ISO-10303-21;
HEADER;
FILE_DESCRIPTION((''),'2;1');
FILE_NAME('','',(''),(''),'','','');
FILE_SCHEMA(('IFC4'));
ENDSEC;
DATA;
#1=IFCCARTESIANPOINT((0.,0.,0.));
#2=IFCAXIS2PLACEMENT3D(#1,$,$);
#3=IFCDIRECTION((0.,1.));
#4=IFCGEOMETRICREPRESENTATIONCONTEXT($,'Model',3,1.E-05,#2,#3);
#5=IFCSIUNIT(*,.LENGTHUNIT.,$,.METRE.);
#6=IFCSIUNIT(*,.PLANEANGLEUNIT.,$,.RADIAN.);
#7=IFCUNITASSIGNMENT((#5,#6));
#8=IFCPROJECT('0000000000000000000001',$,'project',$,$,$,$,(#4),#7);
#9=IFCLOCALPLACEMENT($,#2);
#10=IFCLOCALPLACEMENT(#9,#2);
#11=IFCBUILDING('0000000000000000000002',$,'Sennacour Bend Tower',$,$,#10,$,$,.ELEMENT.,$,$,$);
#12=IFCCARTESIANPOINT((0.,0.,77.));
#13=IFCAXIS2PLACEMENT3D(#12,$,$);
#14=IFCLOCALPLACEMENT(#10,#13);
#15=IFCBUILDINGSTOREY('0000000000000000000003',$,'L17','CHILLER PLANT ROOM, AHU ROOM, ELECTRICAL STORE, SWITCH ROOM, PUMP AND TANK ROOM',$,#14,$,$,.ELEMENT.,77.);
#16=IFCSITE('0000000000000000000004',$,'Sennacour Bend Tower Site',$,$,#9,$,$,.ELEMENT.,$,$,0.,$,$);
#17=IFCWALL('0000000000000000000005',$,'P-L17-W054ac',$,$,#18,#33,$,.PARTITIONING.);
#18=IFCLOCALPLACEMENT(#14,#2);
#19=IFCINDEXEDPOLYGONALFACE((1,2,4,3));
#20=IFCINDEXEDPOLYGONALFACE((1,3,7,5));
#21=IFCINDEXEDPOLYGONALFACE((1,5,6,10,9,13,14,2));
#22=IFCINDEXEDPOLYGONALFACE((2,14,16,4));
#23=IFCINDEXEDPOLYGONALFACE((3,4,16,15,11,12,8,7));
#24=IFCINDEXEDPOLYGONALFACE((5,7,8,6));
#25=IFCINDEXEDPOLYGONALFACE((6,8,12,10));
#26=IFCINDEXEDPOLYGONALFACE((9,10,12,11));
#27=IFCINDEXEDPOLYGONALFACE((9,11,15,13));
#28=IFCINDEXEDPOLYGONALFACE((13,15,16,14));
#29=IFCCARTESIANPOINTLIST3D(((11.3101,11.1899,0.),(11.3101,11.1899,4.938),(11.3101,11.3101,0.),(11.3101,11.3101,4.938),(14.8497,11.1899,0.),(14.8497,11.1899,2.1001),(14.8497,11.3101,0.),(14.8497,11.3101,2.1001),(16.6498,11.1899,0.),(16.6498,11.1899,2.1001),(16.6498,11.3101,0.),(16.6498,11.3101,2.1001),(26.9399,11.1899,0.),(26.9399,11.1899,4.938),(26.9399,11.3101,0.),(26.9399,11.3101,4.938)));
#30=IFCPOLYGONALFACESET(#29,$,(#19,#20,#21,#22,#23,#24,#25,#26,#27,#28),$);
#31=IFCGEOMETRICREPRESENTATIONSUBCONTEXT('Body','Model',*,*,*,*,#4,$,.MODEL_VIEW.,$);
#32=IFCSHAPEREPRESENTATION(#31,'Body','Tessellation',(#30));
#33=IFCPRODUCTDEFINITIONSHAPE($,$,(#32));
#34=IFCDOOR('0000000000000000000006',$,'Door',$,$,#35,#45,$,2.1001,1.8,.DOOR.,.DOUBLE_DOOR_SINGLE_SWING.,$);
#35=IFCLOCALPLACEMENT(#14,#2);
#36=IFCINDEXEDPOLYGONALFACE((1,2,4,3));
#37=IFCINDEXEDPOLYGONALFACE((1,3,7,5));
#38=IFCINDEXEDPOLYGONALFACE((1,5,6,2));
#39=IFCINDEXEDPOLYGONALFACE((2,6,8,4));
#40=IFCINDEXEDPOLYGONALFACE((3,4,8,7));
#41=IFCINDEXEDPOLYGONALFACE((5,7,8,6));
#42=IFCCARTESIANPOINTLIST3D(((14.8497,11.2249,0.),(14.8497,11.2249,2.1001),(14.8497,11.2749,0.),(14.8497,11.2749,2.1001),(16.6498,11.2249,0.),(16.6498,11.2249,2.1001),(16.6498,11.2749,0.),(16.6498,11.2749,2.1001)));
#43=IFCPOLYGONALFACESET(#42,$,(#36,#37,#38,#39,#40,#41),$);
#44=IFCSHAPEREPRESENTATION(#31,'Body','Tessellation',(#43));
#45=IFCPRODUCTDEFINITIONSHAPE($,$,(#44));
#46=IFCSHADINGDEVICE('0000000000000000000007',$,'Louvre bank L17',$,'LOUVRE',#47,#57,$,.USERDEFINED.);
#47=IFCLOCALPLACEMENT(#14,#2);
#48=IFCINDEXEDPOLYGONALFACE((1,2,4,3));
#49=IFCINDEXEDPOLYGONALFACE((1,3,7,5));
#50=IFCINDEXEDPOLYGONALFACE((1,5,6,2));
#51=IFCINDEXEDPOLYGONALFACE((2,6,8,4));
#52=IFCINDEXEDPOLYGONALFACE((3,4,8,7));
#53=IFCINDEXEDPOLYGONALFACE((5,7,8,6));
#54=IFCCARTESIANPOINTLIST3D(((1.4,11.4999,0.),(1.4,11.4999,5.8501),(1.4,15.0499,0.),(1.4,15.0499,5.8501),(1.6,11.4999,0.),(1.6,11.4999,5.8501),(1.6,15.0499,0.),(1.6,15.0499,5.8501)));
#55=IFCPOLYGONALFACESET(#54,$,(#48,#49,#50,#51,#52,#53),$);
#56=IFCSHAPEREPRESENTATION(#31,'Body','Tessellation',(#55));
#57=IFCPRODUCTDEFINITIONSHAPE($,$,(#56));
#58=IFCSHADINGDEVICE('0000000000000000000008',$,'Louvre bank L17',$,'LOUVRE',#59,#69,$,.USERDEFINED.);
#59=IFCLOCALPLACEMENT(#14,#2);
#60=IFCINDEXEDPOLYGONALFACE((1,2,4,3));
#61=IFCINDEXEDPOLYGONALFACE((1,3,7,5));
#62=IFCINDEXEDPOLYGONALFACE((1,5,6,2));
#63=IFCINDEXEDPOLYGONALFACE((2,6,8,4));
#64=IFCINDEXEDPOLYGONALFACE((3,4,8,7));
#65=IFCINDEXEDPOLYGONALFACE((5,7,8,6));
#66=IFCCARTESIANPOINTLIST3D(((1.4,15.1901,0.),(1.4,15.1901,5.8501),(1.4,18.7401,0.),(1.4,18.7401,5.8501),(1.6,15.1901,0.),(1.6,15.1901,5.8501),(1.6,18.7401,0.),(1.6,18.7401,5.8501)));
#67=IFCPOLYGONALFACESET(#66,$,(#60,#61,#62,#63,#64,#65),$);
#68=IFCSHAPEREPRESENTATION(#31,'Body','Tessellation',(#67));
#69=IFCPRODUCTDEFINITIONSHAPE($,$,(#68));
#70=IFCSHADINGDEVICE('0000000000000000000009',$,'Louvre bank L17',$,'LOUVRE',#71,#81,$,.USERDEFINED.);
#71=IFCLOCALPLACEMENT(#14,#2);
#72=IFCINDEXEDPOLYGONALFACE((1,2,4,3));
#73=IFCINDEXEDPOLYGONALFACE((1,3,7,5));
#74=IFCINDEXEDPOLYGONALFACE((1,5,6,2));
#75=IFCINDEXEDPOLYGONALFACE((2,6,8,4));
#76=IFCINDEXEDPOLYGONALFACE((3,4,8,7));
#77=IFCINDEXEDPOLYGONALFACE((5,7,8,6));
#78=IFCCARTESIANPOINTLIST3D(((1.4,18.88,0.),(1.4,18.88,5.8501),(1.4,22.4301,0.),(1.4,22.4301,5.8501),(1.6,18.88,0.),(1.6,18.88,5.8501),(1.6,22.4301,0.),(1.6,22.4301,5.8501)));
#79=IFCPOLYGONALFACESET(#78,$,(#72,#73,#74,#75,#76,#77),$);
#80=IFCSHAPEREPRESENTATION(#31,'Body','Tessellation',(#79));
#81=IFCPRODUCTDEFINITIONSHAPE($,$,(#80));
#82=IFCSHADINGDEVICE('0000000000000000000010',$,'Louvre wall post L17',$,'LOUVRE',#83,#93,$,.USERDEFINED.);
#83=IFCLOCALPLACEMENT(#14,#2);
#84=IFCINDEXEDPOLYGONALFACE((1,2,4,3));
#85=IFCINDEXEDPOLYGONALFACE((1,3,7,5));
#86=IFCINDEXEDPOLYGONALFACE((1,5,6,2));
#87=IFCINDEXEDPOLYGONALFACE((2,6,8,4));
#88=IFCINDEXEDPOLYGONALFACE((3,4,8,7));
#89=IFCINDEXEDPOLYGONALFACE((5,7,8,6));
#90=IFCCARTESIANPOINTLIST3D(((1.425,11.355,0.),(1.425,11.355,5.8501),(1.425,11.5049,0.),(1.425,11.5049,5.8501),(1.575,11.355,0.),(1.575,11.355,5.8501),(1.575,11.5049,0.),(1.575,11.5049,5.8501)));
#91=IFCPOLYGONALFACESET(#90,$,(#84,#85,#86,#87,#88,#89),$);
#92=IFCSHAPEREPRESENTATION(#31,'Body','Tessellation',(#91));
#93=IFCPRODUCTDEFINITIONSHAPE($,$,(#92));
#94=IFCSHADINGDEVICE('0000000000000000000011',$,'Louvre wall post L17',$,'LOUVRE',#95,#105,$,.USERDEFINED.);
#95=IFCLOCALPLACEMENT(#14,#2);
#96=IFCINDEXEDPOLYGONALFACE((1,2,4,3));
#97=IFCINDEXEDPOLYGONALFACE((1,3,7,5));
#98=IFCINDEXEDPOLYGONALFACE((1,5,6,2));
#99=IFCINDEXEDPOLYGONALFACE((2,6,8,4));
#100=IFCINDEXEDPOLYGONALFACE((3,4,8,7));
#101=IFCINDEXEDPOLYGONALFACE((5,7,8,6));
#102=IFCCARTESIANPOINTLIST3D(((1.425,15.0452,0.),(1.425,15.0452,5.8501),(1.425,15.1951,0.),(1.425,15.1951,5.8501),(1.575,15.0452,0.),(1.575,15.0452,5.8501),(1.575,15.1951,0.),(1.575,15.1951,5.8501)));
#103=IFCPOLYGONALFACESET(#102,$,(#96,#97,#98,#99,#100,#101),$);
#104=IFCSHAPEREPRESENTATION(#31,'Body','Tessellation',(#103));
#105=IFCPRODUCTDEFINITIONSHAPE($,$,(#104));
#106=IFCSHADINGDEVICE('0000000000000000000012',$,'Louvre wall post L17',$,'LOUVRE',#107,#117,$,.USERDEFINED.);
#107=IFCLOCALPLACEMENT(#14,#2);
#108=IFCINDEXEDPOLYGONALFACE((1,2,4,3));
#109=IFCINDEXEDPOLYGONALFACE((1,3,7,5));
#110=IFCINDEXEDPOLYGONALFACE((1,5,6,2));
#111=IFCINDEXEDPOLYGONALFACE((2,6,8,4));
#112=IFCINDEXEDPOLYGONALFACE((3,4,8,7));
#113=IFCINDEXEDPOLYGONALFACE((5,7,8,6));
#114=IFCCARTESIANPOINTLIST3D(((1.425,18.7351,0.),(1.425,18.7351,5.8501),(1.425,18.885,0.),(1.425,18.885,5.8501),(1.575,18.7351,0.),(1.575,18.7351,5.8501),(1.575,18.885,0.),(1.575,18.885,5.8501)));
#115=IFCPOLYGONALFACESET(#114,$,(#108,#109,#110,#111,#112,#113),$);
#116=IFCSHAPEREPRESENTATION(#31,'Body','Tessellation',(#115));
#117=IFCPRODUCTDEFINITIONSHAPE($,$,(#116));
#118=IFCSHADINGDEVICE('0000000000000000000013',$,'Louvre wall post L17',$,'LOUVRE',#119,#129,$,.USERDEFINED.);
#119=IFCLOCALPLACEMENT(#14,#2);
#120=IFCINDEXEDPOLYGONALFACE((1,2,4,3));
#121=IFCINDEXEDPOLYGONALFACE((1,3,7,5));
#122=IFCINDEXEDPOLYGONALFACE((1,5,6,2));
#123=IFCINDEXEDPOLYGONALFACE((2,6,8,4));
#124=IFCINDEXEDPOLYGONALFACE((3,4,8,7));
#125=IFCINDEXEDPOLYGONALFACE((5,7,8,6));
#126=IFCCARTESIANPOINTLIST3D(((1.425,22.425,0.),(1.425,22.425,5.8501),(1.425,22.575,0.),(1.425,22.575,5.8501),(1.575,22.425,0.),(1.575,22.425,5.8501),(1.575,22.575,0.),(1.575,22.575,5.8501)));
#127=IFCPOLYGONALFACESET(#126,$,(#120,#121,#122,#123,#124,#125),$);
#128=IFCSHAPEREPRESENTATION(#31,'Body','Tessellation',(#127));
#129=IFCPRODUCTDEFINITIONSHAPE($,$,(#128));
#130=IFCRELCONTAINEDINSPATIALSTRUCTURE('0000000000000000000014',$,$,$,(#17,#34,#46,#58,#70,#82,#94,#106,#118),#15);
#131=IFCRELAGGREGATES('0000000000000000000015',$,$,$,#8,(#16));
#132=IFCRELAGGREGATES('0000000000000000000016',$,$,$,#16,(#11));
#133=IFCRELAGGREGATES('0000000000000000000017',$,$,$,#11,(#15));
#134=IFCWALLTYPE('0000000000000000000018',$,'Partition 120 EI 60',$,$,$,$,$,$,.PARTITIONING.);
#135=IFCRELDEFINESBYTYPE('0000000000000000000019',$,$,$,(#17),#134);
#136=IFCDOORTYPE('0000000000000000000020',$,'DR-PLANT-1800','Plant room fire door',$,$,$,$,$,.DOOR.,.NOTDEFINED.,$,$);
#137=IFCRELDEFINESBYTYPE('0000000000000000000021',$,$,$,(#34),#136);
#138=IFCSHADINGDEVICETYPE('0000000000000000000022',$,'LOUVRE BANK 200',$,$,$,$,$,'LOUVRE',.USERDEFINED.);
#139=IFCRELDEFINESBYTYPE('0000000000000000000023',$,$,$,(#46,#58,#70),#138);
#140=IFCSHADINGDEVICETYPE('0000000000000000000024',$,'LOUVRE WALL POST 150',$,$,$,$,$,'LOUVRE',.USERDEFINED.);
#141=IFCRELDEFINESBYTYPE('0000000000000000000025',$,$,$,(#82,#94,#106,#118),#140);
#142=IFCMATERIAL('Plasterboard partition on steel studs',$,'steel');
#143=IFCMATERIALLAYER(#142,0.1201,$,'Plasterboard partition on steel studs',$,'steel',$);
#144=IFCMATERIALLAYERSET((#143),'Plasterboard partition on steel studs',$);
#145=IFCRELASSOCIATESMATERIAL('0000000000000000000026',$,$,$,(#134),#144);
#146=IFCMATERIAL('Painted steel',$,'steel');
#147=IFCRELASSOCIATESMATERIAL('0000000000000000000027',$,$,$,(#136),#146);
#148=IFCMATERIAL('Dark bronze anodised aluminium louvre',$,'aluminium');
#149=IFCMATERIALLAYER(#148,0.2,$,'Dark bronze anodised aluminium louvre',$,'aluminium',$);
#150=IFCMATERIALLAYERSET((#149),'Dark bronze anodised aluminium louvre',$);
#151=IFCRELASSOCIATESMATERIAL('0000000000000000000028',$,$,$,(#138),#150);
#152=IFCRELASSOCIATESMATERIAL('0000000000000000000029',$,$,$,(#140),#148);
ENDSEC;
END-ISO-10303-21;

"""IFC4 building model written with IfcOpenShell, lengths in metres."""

from ifc_helpers import new_model, si_unit, direction, frame, frame_2d, origin, origin_2d, place, context, subcontext, project, spatial, rectangle, extrude, material, layer, layer_set, type_object, element, fill, save


model = new_model("IFC4")

# Units and contexts
model_context = context("Model", 3, precision=1e-05, world=origin(), true_north=direction((0.0, 1.0)))
body_context = subcontext(model_context, "Body", "Model", "MODEL_VIEW")
ifc_project = project(units=[si_unit("LENGTHUNIT", "METRE"), si_unit("PLANEANGLEUNIT", "RADIAN")], contexts=[model_context])

# Site, building, storey
site_placement = place(None, origin())
site = spatial("IfcSite", under=ifc_project, at=site_placement, Name="Sennacour Bend Tower Site", CompositionType="ELEMENT", RefElevation=0.0)
building_placement = place(site_placement, origin())
building = spatial("IfcBuilding", under=site, at=building_placement, Name="Sennacour Bend Tower", CompositionType="ELEMENT")
storey_placement = place(building_placement, frame((0.0, 0.0, 77.0)))
storey = spatial("IfcBuildingStorey", under=building, at=storey_placement, Name="L17", Description="CHILLER PLANT ROOM, AHU ROOM, ELECTRICAL STORE, SWITCH ROOM, PUMP AND TANK ROOM", CompositionType="ELEMENT", Elevation=77.0)

# Shared definitions
ifc_material_1 = material(Name="Plasterboard partition on steel studs", Category="steel")

# Wall, opening, door
ifc_material_2 = material(Name="Painted steel", Category="steel")
ifc_layer_1 = layer(ifc_material_1, 0.1201, Name="Plasterboard partition on steel studs", Category="steel")
ifc_layer_set_1 = layer_set([ifc_layer_1], Name="Plasterboard partition on steel studs")
wall_type_1 = type_object("IfcWallType", Name="Partition 120 EI 60", PredefinedType="PARTITIONING", material=ifc_layer_set_1)
wall_1_placement = place(storey_placement, frame((11.3101, 11.25, 0.0), z_axis=(0.0, 0.0, 1.0), x_axis=(1.0, 0.0, 0.0)))
wall_1 = element("IfcWall", 1, at=wall_1_placement, inside=storey, type_object=wall_type_1, Name="P-L17-W054ac", PredefinedType="PARTITIONING", context=body_context, shape_type="SweptSolid", body=[
    extrude(rectangle(XDim=15.6299, YDim=0.1201, at=frame_2d((7.8149, 0.0))), origin(), (0.0, 0.0, 1.0), 4.938),
])
opening_1_placement = place(wall_1_placement, frame((3.5398, 0.0, 0.0)))
opening_1 = element("IfcOpeningElement", 2, at=opening_1_placement, cuts=wall_1, PredefinedType="OPENING", context=body_context, shape_type="SweptSolid", body=[
    extrude(rectangle(XDim=1.8, YDim=2.1001, at=frame_2d((0.8999, 1.05))), frame((0.0, 0.0701, 0.0), z_axis=(0.0, -1.0, 0.0), x_axis=(1.0, 0.0, 0.0)), (0.0, 0.0, 1.0), 0.1401),
])
door_type_1 = type_object("IfcDoorType", Name="DR-PLANT-1800", Description="Plant room fire door", OperationType="NOTDEFINED", PredefinedType="DOOR", material=ifc_material_2)
door_1_placement = place(opening_1_placement, origin())
door_1 = element("IfcDoor", 3, at=door_1_placement, inside=storey, type_object=door_type_1, Name="Door", OperationType="DOUBLE_DOOR_SINGLE_SWING", OverallHeight=2.1001, OverallWidth=1.8, PredefinedType="DOOR", context=body_context, shape_type="SweptSolid", body=[
    extrude(rectangle(XDim=1.8, YDim=2.1001, at=frame_2d((0.8999, 1.05))), frame((0.0, 0.0249, 0.0), z_axis=(0.0, -1.0, 0.0), x_axis=(1.0, 0.0, 0.0)), (0.0, 0.0, 1.0), 0.05),
])
fill(opening_1, door_1)

# Shading devices
ifc_material_3 = material(Name="Dark bronze anodised aluminium louvre", Category="aluminium")
ifc_layer_2 = layer(ifc_material_3, 0.2, Name="Dark bronze anodised aluminium louvre", Category="aluminium")
ifc_layer_set_2 = layer_set([ifc_layer_2], Name="Dark bronze anodised aluminium louvre")
shading_device_type_1 = type_object("IfcShadingDeviceType", Name="LOUVRE BANK 200", ElementType="LOUVRE", PredefinedType="USERDEFINED", material=ifc_layer_set_2)
for number, where, z_axis, x_axis, name in (
    (4, (1.5, 13.2749, 0.0), (0.0, 0.0, 1.0), (0.0, 1.0, 0.0), "Louvre bank L17"),
    (5, (1.5, 16.9651, 0.0), (0.0, 0.0, 1.0), (0.0, 1.0, 0.0), "Louvre bank L17"),
    (6, (1.5, 20.655, 0.0), (0.0, 0.0, 1.0), (0.0, 1.0, 0.0), "Louvre bank L17"),
):
    element("IfcShadingDevice", number, at=place(storey_placement, frame(where, z_axis=z_axis, x_axis=x_axis)), inside=storey, type_object=shading_device_type_1, Name=name, ObjectType="LOUVRE", PredefinedType="USERDEFINED", context=body_context, shape_type="SweptSolid", body=[
        extrude(rectangle(XDim=3.55, YDim=0.2, at=origin_2d()), origin(), (0.0, 0.0, 1.0), 5.8501),
    ])
shading_device_type_2 = type_object("IfcShadingDeviceType", Name="LOUVRE WALL POST 150", ElementType="LOUVRE", PredefinedType="USERDEFINED", material=ifc_material_3)
for number, where, z_axis, x_axis, name in (
    (7, (1.5, 11.4299, 0.0), (0.0, 0.0, 1.0), (1.0, 0.0, 0.0), "Louvre wall post L17"),
    (8, (1.5, 15.1201, 0.0), (0.0, 0.0, 1.0), (1.0, 0.0, 0.0), "Louvre wall post L17"),
    (9, (1.5, 18.8101, 0.0), (0.0, 0.0, 1.0), (1.0, 0.0, 0.0), "Louvre wall post L17"),
    (10, (1.5, 22.5, 0.0), (0.0, 0.0, 1.0), (1.0, 0.0, 0.0), "Louvre wall post L17"),
):
    element("IfcShadingDevice", number, at=place(storey_placement, frame(where, z_axis=z_axis, x_axis=x_axis)), inside=storey, type_object=shading_device_type_2, Name=name, ObjectType="LOUVRE", PredefinedType="USERDEFINED", context=body_context, shape_type="SweptSolid", body=[
        extrude(rectangle(XDim=0.1499, YDim=0.1499, at=origin_2d()), origin(), (0.0, 0.0, 1.0), 5.8501),
    ])

save(model, "model.ifc")
